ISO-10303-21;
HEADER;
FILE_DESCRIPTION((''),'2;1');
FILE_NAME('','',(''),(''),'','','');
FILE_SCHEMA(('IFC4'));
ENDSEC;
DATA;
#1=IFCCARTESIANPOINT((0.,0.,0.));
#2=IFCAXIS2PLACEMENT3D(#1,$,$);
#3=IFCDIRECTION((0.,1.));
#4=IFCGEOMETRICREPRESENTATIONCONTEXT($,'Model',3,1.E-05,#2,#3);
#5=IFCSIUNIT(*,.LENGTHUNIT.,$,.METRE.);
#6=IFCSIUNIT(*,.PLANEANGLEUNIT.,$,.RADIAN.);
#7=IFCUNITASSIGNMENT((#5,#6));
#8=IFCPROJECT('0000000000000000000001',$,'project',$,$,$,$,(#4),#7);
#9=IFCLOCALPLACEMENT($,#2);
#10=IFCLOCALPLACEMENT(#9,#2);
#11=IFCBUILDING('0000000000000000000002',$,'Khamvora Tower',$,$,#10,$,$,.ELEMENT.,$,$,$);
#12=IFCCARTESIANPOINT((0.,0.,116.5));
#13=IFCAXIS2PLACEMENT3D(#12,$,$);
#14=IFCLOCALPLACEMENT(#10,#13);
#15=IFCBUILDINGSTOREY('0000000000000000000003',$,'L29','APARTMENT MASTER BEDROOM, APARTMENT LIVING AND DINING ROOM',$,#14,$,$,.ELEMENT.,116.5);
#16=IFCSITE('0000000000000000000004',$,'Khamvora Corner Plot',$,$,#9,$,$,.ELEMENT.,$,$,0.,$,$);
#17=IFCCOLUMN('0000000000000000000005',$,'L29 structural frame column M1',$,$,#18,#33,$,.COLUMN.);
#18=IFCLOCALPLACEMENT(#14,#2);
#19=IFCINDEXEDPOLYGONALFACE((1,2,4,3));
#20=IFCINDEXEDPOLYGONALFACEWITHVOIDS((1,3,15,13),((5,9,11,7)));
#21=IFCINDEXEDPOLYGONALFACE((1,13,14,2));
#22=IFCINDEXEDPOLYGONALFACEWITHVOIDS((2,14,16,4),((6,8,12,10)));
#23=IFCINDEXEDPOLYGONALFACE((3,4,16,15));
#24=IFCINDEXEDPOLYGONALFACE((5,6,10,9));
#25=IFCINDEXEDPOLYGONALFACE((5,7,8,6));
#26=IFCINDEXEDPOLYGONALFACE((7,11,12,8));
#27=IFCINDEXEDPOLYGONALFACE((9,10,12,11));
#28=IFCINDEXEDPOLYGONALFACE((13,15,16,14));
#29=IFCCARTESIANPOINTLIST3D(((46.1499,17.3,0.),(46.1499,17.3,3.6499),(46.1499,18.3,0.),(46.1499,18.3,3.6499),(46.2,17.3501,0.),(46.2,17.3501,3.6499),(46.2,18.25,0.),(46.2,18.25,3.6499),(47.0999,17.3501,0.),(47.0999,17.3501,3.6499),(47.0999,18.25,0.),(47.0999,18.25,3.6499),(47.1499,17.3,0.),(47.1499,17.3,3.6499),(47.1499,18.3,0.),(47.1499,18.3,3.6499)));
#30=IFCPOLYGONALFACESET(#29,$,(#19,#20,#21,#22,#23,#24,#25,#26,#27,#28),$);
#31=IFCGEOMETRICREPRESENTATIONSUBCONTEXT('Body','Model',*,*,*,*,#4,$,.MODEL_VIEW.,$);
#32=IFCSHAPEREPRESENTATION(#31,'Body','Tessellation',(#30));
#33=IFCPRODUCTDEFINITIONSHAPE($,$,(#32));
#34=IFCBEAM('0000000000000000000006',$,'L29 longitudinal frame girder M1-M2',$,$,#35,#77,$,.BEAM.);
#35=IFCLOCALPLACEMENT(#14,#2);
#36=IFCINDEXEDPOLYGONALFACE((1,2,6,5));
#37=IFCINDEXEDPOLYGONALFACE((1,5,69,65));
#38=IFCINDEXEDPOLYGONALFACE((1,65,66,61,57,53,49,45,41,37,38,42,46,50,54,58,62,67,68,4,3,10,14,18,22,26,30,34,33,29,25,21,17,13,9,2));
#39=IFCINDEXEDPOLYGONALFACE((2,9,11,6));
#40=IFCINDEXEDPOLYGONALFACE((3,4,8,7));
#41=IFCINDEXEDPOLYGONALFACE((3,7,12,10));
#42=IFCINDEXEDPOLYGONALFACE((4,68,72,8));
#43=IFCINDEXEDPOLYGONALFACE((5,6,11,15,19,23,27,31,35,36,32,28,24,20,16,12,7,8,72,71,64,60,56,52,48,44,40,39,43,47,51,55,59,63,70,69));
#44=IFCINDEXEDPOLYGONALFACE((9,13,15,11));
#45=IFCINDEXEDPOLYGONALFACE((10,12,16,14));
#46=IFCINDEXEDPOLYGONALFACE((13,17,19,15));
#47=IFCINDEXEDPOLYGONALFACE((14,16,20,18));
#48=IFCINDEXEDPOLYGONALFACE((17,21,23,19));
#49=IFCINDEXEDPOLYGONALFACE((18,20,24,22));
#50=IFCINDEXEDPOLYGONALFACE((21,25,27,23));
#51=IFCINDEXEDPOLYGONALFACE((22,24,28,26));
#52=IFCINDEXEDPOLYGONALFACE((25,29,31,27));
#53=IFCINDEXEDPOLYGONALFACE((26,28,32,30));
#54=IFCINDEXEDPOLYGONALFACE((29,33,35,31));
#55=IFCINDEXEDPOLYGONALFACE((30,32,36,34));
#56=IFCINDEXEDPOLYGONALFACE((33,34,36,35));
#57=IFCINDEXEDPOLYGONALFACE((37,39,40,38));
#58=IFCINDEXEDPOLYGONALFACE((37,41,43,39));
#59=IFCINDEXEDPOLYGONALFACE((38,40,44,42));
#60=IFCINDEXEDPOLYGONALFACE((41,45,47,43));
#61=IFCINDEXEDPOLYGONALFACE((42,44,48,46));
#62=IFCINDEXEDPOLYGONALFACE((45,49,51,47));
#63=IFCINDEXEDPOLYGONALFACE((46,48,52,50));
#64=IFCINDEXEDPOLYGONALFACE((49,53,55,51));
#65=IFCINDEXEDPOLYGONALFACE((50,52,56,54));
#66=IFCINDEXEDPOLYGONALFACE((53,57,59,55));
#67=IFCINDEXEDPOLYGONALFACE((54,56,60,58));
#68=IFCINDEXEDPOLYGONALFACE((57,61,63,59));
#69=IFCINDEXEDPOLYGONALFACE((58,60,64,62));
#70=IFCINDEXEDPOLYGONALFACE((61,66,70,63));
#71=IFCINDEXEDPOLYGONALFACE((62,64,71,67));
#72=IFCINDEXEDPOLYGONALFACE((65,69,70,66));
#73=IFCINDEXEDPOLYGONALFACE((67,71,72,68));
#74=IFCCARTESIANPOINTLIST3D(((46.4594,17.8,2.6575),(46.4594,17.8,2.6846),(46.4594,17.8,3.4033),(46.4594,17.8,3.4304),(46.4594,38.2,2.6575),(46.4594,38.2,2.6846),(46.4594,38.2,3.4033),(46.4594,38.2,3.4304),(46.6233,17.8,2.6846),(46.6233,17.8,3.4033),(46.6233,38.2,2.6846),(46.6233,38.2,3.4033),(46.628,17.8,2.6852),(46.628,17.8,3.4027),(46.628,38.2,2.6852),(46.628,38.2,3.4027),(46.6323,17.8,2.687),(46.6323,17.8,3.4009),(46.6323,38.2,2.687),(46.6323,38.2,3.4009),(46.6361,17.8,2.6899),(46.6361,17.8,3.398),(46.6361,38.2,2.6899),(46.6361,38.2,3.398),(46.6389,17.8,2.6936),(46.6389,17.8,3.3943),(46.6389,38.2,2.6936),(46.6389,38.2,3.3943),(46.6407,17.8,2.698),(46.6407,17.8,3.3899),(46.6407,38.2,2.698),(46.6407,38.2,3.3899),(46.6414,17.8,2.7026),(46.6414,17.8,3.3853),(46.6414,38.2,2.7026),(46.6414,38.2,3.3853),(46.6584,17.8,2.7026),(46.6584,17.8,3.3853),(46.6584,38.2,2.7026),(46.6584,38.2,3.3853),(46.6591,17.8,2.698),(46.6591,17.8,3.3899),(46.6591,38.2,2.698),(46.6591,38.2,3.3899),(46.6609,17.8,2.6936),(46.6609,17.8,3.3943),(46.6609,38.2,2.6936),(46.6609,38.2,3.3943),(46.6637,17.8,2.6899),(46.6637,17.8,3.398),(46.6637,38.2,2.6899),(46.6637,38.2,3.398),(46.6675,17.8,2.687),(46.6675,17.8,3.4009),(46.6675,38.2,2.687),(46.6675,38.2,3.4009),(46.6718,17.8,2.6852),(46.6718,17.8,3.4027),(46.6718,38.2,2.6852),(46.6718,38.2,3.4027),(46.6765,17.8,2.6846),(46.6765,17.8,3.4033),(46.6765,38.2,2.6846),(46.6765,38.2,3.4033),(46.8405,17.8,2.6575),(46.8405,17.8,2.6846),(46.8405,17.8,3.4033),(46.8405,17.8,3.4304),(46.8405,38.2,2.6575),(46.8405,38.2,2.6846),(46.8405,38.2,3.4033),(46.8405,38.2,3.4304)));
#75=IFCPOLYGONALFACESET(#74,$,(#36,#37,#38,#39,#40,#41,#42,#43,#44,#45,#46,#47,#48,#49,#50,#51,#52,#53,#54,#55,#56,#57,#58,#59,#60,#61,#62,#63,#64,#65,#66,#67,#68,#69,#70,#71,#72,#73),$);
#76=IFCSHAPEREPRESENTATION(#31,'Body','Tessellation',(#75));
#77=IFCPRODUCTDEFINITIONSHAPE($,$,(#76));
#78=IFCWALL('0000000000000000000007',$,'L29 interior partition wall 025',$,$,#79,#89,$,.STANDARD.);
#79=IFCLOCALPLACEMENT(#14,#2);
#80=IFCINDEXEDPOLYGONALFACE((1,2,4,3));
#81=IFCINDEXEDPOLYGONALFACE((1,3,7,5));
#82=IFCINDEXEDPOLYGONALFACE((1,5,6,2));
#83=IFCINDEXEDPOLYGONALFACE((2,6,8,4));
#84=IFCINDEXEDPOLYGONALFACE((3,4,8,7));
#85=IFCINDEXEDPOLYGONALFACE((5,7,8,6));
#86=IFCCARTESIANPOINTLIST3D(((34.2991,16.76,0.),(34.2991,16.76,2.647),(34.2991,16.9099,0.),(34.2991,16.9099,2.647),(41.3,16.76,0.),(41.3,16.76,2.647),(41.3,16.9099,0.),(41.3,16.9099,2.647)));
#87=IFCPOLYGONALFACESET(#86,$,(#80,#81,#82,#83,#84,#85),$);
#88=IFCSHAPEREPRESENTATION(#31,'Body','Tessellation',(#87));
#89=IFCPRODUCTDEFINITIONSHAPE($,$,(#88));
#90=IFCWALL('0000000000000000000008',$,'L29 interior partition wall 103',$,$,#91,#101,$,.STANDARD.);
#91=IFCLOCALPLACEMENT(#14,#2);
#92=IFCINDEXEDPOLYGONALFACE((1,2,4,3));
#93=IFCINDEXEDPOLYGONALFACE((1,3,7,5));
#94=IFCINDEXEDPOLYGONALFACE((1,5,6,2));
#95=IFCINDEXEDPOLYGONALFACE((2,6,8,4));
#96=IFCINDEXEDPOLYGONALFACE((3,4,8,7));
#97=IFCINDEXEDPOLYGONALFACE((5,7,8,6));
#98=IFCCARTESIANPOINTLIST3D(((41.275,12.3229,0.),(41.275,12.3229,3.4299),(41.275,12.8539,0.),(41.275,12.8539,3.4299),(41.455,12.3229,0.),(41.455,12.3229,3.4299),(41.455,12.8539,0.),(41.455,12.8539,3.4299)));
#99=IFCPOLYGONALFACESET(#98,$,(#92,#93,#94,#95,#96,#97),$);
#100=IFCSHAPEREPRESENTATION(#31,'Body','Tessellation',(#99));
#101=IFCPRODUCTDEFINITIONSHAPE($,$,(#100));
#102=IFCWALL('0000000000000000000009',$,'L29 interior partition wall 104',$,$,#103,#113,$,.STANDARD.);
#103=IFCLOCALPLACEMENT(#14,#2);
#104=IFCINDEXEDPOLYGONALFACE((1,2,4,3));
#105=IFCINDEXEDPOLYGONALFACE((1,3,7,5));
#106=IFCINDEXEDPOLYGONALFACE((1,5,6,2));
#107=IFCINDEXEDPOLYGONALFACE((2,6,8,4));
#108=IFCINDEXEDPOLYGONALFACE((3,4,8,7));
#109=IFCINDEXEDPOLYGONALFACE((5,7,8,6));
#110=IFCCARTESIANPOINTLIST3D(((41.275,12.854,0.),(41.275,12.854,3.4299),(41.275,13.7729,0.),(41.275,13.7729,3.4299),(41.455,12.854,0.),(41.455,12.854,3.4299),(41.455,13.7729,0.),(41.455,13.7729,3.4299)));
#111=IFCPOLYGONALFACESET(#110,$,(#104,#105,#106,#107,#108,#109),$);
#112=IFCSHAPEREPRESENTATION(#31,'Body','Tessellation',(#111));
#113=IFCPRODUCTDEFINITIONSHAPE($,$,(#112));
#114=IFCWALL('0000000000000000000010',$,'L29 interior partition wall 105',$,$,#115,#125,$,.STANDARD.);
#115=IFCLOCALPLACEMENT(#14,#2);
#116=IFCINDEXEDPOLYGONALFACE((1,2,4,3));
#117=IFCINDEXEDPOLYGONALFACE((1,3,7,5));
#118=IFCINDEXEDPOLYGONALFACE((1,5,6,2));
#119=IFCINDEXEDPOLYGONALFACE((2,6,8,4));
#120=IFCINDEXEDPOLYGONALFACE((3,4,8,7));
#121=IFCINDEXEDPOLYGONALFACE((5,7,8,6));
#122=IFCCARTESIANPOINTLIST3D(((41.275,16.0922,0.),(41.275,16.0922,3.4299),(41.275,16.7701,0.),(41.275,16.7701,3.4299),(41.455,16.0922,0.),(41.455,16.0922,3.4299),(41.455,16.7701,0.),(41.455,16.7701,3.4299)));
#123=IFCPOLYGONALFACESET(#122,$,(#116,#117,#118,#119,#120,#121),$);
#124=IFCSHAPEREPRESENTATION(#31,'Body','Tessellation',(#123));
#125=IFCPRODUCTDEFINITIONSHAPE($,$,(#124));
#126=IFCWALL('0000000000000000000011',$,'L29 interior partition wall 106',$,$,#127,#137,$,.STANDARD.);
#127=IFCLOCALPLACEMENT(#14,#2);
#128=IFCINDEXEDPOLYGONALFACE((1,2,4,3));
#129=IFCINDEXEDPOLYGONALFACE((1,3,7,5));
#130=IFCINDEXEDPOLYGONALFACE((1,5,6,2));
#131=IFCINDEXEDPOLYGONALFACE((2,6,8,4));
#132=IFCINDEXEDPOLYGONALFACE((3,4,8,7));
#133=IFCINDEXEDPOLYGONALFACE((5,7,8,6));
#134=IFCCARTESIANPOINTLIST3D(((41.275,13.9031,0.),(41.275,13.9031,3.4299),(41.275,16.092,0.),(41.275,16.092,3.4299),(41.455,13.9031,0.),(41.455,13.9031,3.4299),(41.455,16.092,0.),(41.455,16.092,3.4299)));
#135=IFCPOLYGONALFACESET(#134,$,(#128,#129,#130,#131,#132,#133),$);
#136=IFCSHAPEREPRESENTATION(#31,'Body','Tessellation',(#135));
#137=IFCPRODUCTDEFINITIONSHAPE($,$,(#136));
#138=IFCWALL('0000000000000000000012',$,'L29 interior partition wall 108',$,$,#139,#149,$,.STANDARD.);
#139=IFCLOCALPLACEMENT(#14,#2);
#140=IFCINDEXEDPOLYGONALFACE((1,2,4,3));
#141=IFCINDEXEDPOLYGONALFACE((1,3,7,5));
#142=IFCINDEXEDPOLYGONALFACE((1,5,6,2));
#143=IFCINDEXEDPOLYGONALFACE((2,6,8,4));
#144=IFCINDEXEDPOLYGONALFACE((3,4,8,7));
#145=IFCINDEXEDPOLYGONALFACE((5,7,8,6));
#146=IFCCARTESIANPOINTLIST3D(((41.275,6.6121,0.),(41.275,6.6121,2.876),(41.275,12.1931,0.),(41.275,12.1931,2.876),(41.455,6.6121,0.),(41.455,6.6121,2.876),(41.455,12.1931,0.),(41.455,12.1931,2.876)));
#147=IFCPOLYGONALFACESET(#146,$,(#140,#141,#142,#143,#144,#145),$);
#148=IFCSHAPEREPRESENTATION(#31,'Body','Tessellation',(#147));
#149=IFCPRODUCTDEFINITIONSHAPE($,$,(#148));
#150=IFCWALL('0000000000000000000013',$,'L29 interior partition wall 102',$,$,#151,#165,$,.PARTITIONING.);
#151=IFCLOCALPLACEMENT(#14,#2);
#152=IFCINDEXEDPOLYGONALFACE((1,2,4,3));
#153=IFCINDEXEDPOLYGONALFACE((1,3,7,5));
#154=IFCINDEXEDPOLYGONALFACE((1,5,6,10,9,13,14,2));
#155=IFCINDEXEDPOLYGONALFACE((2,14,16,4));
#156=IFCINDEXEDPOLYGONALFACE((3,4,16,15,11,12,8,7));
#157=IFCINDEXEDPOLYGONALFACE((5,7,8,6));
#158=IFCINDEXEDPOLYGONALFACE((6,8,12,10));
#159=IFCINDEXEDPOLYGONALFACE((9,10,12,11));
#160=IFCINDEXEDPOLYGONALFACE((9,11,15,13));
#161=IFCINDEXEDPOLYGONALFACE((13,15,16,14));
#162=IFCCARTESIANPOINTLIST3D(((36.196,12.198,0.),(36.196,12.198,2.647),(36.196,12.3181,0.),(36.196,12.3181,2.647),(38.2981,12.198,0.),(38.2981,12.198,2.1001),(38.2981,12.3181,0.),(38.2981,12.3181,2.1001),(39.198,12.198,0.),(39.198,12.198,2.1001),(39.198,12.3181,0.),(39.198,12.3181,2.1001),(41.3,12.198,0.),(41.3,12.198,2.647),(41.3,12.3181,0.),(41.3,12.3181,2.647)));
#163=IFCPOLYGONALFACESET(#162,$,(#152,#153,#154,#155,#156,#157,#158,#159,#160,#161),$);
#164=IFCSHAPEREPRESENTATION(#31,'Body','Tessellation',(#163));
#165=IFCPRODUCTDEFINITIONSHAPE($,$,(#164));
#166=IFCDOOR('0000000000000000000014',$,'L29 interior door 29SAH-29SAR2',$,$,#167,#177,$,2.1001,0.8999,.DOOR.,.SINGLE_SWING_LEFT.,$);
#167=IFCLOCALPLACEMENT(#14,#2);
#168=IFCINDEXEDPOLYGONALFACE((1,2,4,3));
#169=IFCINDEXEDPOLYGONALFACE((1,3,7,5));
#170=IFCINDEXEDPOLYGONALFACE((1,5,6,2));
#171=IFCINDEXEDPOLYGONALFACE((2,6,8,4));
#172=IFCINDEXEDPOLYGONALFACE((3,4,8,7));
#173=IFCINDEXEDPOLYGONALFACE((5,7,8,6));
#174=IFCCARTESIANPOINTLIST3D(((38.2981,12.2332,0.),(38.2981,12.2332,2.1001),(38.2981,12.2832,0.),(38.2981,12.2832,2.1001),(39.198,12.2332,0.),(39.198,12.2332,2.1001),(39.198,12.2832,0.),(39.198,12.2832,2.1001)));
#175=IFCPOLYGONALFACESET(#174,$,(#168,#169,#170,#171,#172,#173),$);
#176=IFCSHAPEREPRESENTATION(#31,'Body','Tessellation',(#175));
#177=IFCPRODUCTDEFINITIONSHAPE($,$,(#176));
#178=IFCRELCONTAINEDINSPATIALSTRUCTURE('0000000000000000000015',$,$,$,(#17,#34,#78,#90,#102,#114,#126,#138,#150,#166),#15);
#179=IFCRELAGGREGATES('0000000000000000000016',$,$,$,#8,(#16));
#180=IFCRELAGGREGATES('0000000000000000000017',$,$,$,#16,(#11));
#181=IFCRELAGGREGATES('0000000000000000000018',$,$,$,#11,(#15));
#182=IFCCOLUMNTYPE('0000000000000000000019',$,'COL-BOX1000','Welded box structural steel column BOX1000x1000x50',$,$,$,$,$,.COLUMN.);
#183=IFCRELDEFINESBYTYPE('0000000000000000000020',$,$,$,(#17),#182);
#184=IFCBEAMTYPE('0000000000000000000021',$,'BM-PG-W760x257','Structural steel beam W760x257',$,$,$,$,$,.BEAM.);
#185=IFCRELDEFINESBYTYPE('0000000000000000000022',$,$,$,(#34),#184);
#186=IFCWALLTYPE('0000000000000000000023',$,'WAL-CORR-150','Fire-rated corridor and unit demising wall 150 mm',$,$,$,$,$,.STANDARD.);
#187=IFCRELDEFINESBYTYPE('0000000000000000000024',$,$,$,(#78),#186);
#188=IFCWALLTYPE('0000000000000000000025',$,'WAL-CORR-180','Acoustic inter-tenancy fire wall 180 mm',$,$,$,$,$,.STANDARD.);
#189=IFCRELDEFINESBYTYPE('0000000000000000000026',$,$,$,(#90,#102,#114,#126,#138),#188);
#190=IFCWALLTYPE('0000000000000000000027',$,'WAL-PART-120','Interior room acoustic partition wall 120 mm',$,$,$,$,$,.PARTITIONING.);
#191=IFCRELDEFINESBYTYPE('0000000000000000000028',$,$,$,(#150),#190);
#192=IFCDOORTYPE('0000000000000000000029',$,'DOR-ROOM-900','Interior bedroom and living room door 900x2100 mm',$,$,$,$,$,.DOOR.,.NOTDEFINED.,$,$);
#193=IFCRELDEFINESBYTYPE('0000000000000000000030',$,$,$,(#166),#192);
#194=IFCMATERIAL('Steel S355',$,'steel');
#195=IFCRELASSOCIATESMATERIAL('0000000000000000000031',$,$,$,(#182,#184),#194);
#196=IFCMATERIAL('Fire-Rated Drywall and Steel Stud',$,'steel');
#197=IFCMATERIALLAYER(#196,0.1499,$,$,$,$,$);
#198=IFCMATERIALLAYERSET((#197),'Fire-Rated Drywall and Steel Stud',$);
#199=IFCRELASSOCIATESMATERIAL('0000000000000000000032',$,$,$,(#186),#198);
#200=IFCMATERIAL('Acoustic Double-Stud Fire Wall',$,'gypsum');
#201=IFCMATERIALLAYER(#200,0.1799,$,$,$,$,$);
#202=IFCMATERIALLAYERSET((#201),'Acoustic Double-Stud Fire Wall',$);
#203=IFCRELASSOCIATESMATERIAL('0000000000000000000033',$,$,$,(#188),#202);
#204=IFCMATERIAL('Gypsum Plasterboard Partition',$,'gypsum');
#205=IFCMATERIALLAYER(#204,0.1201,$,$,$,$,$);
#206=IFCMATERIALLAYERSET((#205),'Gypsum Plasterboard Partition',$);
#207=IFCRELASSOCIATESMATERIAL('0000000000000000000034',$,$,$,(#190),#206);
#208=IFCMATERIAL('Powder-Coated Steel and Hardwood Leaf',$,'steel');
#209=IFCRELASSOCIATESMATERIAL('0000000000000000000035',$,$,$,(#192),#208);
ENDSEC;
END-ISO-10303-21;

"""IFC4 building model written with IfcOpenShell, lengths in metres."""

from ifc_helpers import new_model, si_unit, direction, frame, frame_2d, origin, origin_2d, place, context, subcontext, project, spatial, rectangle, hollow_rectangle, i_section, extrude, material, layer, layer_set, material_profile, profile_set, type_object, element, fill, save


model = new_model("IFC4")

# Units and contexts
model_context = context("Model", 3, precision=1e-05, world=origin(), true_north=direction((0.0, 1.0)))
body_context = subcontext(model_context, "Body", "Model", "MODEL_VIEW")
ifc_project = project(units=[si_unit("LENGTHUNIT", "METRE"), si_unit("PLANEANGLEUNIT", "RADIAN")], contexts=[model_context])

# Site, building, storey
site_placement = place(None, origin())
site = spatial("IfcSite", under=ifc_project, at=site_placement, Name="Khamvora Corner Plot", CompositionType="ELEMENT", RefElevation=0.0)
building_placement = place(site_placement, origin())
building = spatial("IfcBuilding", under=site, at=building_placement, Name="Khamvora Tower", CompositionType="ELEMENT")
storey_placement = place(building_placement, frame((0.0, 0.0, 116.5)))
storey = spatial("IfcBuildingStorey", under=building, at=storey_placement, Name="L29", Description="APARTMENT MASTER BEDROOM, APARTMENT LIVING AND DINING ROOM", CompositionType="ELEMENT", Elevation=116.5)

# Column
ifc_material_1 = material(Name="Steel S355", Category="steel")
ifc_material_profile_1 = material_profile(ifc_material_1, hollow_rectangle(XDim=1.0, YDim=1.0, WallThickness=0.05, at=origin_2d()), Name="BOX1000x1000x50")
ifc_profile_set_1 = profile_set([ifc_material_profile_1], Name="Steel S355")
column_type = type_object("IfcColumnType", Name="COL-BOX1000", Description="Welded box structural steel column BOX1000x1000x50", PredefinedType="COLUMN", material=ifc_profile_set_1)
column_placement = place(storey_placement, frame((46.6499, 17.8, 0.0), z_axis=(0.0, 0.0, 1.0), x_axis=(1.0, 0.0, 0.0)))
element("IfcColumn", 1, at=column_placement, inside=storey, type_object=column_type, Name="L29 structural frame column M1", PredefinedType="COLUMN", context=body_context, shape_type="SweptSolid", body=[
    extrude(hollow_rectangle(XDim=1.0, YDim=1.0, WallThickness=0.05, at=origin_2d()), origin(), (0.0, 0.0, 1.0), 3.6499),
])

# Beam
ifc_material_profile_2 = material_profile(ifc_material_1, i_section(OverallWidth=0.3811, OverallDepth=0.7729, WebThickness=0.0171, FlangeThickness=0.0271, FilletRadius=0.0181, at=origin_2d()), Name="W760x257")
ifc_profile_set_2 = profile_set([ifc_material_profile_2], Name="Steel S355")
beam_type = type_object("IfcBeamType", Name="BM-PG-W760x257", Description="Structural steel beam W760x257", PredefinedType="BEAM", material=ifc_profile_set_2)
beam_placement = place(storey_placement, frame((46.6499, 17.8, 3.0439), z_axis=(0.0, 1.0, 0.0), x_axis=(-1.0, 0.0, 0.0)))
element("IfcBeam", 2, at=beam_placement, inside=storey, type_object=beam_type, Name="L29 longitudinal frame girder M1-M2", PredefinedType="BEAM", context=body_context, shape_type="SweptSolid", body=[
    extrude(i_section(OverallWidth=0.3811, OverallDepth=0.7729, WebThickness=0.0171, FlangeThickness=0.0271, FilletRadius=0.0181, at=origin_2d()), origin(), (0.0, 0.0, 1.0), 20.3999),
])

# Walls
ifc_material_2 = material(Name="Fire-Rated Drywall and Steel Stud", Category="steel")
ifc_layer_1 = layer(ifc_material_2, 0.1499)
ifc_layer_set_1 = layer_set([ifc_layer_1], Name="Fire-Rated Drywall and Steel Stud")
wall_type_1 = type_object("IfcWallType", Name="WAL-CORR-150", Description="Fire-rated corridor and unit demising wall 150 mm", PredefinedType="STANDARD", material=ifc_layer_set_1)
wall_1_placement = place(storey_placement, frame((41.3, 16.835, 0.0), z_axis=(0.0, 0.0, 1.0), x_axis=(-1.0, 0.0, 0.0)))
element("IfcWall", 3, at=wall_1_placement, inside=storey, type_object=wall_type_1, Name="L29 interior partition wall 025", PredefinedType="STANDARD", context=body_context, shape_type="SweptSolid", body=[
    extrude(rectangle(XDim=7.001, YDim=0.1499, at=frame_2d((3.5005, 0.0))), origin(), (0.0, 0.0, 1.0), 2.647),
])
ifc_material_3 = material(Name="Acoustic Double-Stud Fire Wall", Category="gypsum")
ifc_layer_2 = layer(ifc_material_3, 0.1799)
ifc_layer_set_2 = layer_set([ifc_layer_2], Name="Acoustic Double-Stud Fire Wall")
wall_type_2 = type_object("IfcWallType", Name="WAL-CORR-180", Description="Acoustic inter-tenancy fire wall 180 mm", PredefinedType="STANDARD", material=ifc_layer_set_2)
wall_2_placement = place(storey_placement, frame((41.365, 12.854, 0.0), z_axis=(0.0, 0.0, 1.0), x_axis=(0.0, -1.0, 0.0)))
element("IfcWall", 4, at=wall_2_placement, inside=storey, type_object=wall_type_2, Name="L29 interior partition wall 103", PredefinedType="STANDARD", context=body_context, shape_type="SweptSolid", body=[
    extrude(rectangle(XDim=0.531, YDim=0.1799, at=frame_2d((0.2656, 0.0))), origin(), (0.0, 0.0, 1.0), 3.4299),
])
wall_3_placement = place(storey_placement, frame((41.365, 13.7729, 0.0), z_axis=(0.0, 0.0, 1.0), x_axis=(0.0, -1.0, 0.0)))
element("IfcWall", 5, at=wall_3_placement, inside=storey, type_object=wall_type_2, Name="L29 interior partition wall 104", PredefinedType="STANDARD", context=body_context, shape_type="SweptSolid", body=[
    extrude(rectangle(XDim=0.9189, YDim=0.1799, at=frame_2d((0.4595, 0.0))), origin(), (0.0, 0.0, 1.0), 3.4299),
])
wall_4_placement = place(storey_placement, frame((41.365, 16.77, 0.0), z_axis=(0.0, 0.0, 1.0), x_axis=(0.0, -1.0, 0.0)))
element("IfcWall", 6, at=wall_4_placement, inside=storey, type_object=wall_type_2, Name="L29 interior partition wall 105", PredefinedType="STANDARD", context=body_context, shape_type="SweptSolid", body=[
    extrude(rectangle(XDim=0.678, YDim=0.1799, at=frame_2d((0.3389, 0.0))), origin(), (0.0, 0.0, 1.0), 3.4299),
])
wall_5_placement = place(storey_placement, frame((41.365, 16.092, 0.0), z_axis=(0.0, 0.0, 1.0), x_axis=(0.0, -1.0, 0.0)))
element("IfcWall", 7, at=wall_5_placement, inside=storey, type_object=wall_type_2, Name="L29 interior partition wall 106", PredefinedType="STANDARD", context=body_context, shape_type="SweptSolid", body=[
    extrude(rectangle(XDim=2.189, YDim=0.1799, at=frame_2d((1.0945, 0.0))), origin(), (0.0, 0.0, 1.0), 3.4299),
])
wall_6_placement = place(storey_placement, frame((41.365, 12.1931, 0.0), z_axis=(0.0, 0.0, 1.0), x_axis=(0.0, -1.0, 0.0)))
element("IfcWall", 8, at=wall_6_placement, inside=storey, type_object=wall_type_2, Name="L29 interior partition wall 108", PredefinedType="STANDARD", context=body_context, shape_type="SweptSolid", body=[
    extrude(rectangle(XDim=5.5811, YDim=0.1799, at=frame_2d((2.7905, 0.0))), origin(), (0.0, 0.0, 1.0), 2.876),
])

# Wall, opening, door
ifc_material_4 = material(Name="Gypsum Plasterboard Partition", Category="gypsum")
ifc_layer_3 = layer(ifc_material_4, 0.1201)
ifc_layer_set_3 = layer_set([ifc_layer_3], Name="Gypsum Plasterboard Partition")
wall_type_3 = type_object("IfcWallType", Name="WAL-PART-120", Description="Interior room acoustic partition wall 120 mm", PredefinedType="PARTITIONING", material=ifc_layer_set_3)
wall_7_placement = place(storey_placement, frame((41.3, 12.2581, 0.0), z_axis=(0.0, 0.0, 1.0), x_axis=(-1.0, 0.0, 0.0)))
wall_7 = element("IfcWall", 9, at=wall_7_placement, inside=storey, type_object=wall_type_3, Name="L29 interior partition wall 102", PredefinedType="PARTITIONING", context=body_context, shape_type="SweptSolid", body=[
    extrude(rectangle(XDim=5.104, YDim=0.1201, at=frame_2d((2.552, 0.0))), origin(), (0.0, 0.0, 1.0), 2.647),
])
opening_placement = place(wall_7_placement, frame((2.1021, 0.0, 0.0)))
opening = element("IfcOpeningElement", 10, at=opening_placement, cuts=wall_7, PredefinedType="OPENING", context=body_context, shape_type="SweptSolid", body=[
    extrude(rectangle(XDim=0.8999, YDim=2.1001, at=frame_2d((0.45, 1.05))), frame((0.0, 0.0701, 0.0), z_axis=(0.0, -1.0, 0.0), x_axis=(1.0, 0.0, 0.0)), (0.0, 0.0, 1.0), 0.1401),
])
ifc_material_5 = material(Name="Powder-Coated Steel and Hardwood Leaf", Category="steel")
door_type = type_object("IfcDoorType", Name="DOR-ROOM-900", Description="Interior bedroom and living room door 900x2100 mm", OperationType="NOTDEFINED", PredefinedType="DOOR", material=ifc_material_5)
door_placement = place(opening_placement, origin())
door = element("IfcDoor", 11, at=door_placement, inside=storey, type_object=door_type, Name="L29 interior door 29SAH-29SAR2", OperationType="SINGLE_SWING_LEFT", OverallHeight=2.1001, OverallWidth=0.8999, PredefinedType="DOOR", context=body_context, shape_type="SweptSolid", body=[
    extrude(rectangle(XDim=0.8999, YDim=2.1001, at=frame_2d((0.45, 1.05))), frame((0.0, 0.0249, 0.0), z_axis=(0.0, -1.0, 0.0), x_axis=(1.0, 0.0, 0.0)), (0.0, 0.0, 1.0), 0.05),
])
fill(opening, door)

save(model, "model.ifc")
